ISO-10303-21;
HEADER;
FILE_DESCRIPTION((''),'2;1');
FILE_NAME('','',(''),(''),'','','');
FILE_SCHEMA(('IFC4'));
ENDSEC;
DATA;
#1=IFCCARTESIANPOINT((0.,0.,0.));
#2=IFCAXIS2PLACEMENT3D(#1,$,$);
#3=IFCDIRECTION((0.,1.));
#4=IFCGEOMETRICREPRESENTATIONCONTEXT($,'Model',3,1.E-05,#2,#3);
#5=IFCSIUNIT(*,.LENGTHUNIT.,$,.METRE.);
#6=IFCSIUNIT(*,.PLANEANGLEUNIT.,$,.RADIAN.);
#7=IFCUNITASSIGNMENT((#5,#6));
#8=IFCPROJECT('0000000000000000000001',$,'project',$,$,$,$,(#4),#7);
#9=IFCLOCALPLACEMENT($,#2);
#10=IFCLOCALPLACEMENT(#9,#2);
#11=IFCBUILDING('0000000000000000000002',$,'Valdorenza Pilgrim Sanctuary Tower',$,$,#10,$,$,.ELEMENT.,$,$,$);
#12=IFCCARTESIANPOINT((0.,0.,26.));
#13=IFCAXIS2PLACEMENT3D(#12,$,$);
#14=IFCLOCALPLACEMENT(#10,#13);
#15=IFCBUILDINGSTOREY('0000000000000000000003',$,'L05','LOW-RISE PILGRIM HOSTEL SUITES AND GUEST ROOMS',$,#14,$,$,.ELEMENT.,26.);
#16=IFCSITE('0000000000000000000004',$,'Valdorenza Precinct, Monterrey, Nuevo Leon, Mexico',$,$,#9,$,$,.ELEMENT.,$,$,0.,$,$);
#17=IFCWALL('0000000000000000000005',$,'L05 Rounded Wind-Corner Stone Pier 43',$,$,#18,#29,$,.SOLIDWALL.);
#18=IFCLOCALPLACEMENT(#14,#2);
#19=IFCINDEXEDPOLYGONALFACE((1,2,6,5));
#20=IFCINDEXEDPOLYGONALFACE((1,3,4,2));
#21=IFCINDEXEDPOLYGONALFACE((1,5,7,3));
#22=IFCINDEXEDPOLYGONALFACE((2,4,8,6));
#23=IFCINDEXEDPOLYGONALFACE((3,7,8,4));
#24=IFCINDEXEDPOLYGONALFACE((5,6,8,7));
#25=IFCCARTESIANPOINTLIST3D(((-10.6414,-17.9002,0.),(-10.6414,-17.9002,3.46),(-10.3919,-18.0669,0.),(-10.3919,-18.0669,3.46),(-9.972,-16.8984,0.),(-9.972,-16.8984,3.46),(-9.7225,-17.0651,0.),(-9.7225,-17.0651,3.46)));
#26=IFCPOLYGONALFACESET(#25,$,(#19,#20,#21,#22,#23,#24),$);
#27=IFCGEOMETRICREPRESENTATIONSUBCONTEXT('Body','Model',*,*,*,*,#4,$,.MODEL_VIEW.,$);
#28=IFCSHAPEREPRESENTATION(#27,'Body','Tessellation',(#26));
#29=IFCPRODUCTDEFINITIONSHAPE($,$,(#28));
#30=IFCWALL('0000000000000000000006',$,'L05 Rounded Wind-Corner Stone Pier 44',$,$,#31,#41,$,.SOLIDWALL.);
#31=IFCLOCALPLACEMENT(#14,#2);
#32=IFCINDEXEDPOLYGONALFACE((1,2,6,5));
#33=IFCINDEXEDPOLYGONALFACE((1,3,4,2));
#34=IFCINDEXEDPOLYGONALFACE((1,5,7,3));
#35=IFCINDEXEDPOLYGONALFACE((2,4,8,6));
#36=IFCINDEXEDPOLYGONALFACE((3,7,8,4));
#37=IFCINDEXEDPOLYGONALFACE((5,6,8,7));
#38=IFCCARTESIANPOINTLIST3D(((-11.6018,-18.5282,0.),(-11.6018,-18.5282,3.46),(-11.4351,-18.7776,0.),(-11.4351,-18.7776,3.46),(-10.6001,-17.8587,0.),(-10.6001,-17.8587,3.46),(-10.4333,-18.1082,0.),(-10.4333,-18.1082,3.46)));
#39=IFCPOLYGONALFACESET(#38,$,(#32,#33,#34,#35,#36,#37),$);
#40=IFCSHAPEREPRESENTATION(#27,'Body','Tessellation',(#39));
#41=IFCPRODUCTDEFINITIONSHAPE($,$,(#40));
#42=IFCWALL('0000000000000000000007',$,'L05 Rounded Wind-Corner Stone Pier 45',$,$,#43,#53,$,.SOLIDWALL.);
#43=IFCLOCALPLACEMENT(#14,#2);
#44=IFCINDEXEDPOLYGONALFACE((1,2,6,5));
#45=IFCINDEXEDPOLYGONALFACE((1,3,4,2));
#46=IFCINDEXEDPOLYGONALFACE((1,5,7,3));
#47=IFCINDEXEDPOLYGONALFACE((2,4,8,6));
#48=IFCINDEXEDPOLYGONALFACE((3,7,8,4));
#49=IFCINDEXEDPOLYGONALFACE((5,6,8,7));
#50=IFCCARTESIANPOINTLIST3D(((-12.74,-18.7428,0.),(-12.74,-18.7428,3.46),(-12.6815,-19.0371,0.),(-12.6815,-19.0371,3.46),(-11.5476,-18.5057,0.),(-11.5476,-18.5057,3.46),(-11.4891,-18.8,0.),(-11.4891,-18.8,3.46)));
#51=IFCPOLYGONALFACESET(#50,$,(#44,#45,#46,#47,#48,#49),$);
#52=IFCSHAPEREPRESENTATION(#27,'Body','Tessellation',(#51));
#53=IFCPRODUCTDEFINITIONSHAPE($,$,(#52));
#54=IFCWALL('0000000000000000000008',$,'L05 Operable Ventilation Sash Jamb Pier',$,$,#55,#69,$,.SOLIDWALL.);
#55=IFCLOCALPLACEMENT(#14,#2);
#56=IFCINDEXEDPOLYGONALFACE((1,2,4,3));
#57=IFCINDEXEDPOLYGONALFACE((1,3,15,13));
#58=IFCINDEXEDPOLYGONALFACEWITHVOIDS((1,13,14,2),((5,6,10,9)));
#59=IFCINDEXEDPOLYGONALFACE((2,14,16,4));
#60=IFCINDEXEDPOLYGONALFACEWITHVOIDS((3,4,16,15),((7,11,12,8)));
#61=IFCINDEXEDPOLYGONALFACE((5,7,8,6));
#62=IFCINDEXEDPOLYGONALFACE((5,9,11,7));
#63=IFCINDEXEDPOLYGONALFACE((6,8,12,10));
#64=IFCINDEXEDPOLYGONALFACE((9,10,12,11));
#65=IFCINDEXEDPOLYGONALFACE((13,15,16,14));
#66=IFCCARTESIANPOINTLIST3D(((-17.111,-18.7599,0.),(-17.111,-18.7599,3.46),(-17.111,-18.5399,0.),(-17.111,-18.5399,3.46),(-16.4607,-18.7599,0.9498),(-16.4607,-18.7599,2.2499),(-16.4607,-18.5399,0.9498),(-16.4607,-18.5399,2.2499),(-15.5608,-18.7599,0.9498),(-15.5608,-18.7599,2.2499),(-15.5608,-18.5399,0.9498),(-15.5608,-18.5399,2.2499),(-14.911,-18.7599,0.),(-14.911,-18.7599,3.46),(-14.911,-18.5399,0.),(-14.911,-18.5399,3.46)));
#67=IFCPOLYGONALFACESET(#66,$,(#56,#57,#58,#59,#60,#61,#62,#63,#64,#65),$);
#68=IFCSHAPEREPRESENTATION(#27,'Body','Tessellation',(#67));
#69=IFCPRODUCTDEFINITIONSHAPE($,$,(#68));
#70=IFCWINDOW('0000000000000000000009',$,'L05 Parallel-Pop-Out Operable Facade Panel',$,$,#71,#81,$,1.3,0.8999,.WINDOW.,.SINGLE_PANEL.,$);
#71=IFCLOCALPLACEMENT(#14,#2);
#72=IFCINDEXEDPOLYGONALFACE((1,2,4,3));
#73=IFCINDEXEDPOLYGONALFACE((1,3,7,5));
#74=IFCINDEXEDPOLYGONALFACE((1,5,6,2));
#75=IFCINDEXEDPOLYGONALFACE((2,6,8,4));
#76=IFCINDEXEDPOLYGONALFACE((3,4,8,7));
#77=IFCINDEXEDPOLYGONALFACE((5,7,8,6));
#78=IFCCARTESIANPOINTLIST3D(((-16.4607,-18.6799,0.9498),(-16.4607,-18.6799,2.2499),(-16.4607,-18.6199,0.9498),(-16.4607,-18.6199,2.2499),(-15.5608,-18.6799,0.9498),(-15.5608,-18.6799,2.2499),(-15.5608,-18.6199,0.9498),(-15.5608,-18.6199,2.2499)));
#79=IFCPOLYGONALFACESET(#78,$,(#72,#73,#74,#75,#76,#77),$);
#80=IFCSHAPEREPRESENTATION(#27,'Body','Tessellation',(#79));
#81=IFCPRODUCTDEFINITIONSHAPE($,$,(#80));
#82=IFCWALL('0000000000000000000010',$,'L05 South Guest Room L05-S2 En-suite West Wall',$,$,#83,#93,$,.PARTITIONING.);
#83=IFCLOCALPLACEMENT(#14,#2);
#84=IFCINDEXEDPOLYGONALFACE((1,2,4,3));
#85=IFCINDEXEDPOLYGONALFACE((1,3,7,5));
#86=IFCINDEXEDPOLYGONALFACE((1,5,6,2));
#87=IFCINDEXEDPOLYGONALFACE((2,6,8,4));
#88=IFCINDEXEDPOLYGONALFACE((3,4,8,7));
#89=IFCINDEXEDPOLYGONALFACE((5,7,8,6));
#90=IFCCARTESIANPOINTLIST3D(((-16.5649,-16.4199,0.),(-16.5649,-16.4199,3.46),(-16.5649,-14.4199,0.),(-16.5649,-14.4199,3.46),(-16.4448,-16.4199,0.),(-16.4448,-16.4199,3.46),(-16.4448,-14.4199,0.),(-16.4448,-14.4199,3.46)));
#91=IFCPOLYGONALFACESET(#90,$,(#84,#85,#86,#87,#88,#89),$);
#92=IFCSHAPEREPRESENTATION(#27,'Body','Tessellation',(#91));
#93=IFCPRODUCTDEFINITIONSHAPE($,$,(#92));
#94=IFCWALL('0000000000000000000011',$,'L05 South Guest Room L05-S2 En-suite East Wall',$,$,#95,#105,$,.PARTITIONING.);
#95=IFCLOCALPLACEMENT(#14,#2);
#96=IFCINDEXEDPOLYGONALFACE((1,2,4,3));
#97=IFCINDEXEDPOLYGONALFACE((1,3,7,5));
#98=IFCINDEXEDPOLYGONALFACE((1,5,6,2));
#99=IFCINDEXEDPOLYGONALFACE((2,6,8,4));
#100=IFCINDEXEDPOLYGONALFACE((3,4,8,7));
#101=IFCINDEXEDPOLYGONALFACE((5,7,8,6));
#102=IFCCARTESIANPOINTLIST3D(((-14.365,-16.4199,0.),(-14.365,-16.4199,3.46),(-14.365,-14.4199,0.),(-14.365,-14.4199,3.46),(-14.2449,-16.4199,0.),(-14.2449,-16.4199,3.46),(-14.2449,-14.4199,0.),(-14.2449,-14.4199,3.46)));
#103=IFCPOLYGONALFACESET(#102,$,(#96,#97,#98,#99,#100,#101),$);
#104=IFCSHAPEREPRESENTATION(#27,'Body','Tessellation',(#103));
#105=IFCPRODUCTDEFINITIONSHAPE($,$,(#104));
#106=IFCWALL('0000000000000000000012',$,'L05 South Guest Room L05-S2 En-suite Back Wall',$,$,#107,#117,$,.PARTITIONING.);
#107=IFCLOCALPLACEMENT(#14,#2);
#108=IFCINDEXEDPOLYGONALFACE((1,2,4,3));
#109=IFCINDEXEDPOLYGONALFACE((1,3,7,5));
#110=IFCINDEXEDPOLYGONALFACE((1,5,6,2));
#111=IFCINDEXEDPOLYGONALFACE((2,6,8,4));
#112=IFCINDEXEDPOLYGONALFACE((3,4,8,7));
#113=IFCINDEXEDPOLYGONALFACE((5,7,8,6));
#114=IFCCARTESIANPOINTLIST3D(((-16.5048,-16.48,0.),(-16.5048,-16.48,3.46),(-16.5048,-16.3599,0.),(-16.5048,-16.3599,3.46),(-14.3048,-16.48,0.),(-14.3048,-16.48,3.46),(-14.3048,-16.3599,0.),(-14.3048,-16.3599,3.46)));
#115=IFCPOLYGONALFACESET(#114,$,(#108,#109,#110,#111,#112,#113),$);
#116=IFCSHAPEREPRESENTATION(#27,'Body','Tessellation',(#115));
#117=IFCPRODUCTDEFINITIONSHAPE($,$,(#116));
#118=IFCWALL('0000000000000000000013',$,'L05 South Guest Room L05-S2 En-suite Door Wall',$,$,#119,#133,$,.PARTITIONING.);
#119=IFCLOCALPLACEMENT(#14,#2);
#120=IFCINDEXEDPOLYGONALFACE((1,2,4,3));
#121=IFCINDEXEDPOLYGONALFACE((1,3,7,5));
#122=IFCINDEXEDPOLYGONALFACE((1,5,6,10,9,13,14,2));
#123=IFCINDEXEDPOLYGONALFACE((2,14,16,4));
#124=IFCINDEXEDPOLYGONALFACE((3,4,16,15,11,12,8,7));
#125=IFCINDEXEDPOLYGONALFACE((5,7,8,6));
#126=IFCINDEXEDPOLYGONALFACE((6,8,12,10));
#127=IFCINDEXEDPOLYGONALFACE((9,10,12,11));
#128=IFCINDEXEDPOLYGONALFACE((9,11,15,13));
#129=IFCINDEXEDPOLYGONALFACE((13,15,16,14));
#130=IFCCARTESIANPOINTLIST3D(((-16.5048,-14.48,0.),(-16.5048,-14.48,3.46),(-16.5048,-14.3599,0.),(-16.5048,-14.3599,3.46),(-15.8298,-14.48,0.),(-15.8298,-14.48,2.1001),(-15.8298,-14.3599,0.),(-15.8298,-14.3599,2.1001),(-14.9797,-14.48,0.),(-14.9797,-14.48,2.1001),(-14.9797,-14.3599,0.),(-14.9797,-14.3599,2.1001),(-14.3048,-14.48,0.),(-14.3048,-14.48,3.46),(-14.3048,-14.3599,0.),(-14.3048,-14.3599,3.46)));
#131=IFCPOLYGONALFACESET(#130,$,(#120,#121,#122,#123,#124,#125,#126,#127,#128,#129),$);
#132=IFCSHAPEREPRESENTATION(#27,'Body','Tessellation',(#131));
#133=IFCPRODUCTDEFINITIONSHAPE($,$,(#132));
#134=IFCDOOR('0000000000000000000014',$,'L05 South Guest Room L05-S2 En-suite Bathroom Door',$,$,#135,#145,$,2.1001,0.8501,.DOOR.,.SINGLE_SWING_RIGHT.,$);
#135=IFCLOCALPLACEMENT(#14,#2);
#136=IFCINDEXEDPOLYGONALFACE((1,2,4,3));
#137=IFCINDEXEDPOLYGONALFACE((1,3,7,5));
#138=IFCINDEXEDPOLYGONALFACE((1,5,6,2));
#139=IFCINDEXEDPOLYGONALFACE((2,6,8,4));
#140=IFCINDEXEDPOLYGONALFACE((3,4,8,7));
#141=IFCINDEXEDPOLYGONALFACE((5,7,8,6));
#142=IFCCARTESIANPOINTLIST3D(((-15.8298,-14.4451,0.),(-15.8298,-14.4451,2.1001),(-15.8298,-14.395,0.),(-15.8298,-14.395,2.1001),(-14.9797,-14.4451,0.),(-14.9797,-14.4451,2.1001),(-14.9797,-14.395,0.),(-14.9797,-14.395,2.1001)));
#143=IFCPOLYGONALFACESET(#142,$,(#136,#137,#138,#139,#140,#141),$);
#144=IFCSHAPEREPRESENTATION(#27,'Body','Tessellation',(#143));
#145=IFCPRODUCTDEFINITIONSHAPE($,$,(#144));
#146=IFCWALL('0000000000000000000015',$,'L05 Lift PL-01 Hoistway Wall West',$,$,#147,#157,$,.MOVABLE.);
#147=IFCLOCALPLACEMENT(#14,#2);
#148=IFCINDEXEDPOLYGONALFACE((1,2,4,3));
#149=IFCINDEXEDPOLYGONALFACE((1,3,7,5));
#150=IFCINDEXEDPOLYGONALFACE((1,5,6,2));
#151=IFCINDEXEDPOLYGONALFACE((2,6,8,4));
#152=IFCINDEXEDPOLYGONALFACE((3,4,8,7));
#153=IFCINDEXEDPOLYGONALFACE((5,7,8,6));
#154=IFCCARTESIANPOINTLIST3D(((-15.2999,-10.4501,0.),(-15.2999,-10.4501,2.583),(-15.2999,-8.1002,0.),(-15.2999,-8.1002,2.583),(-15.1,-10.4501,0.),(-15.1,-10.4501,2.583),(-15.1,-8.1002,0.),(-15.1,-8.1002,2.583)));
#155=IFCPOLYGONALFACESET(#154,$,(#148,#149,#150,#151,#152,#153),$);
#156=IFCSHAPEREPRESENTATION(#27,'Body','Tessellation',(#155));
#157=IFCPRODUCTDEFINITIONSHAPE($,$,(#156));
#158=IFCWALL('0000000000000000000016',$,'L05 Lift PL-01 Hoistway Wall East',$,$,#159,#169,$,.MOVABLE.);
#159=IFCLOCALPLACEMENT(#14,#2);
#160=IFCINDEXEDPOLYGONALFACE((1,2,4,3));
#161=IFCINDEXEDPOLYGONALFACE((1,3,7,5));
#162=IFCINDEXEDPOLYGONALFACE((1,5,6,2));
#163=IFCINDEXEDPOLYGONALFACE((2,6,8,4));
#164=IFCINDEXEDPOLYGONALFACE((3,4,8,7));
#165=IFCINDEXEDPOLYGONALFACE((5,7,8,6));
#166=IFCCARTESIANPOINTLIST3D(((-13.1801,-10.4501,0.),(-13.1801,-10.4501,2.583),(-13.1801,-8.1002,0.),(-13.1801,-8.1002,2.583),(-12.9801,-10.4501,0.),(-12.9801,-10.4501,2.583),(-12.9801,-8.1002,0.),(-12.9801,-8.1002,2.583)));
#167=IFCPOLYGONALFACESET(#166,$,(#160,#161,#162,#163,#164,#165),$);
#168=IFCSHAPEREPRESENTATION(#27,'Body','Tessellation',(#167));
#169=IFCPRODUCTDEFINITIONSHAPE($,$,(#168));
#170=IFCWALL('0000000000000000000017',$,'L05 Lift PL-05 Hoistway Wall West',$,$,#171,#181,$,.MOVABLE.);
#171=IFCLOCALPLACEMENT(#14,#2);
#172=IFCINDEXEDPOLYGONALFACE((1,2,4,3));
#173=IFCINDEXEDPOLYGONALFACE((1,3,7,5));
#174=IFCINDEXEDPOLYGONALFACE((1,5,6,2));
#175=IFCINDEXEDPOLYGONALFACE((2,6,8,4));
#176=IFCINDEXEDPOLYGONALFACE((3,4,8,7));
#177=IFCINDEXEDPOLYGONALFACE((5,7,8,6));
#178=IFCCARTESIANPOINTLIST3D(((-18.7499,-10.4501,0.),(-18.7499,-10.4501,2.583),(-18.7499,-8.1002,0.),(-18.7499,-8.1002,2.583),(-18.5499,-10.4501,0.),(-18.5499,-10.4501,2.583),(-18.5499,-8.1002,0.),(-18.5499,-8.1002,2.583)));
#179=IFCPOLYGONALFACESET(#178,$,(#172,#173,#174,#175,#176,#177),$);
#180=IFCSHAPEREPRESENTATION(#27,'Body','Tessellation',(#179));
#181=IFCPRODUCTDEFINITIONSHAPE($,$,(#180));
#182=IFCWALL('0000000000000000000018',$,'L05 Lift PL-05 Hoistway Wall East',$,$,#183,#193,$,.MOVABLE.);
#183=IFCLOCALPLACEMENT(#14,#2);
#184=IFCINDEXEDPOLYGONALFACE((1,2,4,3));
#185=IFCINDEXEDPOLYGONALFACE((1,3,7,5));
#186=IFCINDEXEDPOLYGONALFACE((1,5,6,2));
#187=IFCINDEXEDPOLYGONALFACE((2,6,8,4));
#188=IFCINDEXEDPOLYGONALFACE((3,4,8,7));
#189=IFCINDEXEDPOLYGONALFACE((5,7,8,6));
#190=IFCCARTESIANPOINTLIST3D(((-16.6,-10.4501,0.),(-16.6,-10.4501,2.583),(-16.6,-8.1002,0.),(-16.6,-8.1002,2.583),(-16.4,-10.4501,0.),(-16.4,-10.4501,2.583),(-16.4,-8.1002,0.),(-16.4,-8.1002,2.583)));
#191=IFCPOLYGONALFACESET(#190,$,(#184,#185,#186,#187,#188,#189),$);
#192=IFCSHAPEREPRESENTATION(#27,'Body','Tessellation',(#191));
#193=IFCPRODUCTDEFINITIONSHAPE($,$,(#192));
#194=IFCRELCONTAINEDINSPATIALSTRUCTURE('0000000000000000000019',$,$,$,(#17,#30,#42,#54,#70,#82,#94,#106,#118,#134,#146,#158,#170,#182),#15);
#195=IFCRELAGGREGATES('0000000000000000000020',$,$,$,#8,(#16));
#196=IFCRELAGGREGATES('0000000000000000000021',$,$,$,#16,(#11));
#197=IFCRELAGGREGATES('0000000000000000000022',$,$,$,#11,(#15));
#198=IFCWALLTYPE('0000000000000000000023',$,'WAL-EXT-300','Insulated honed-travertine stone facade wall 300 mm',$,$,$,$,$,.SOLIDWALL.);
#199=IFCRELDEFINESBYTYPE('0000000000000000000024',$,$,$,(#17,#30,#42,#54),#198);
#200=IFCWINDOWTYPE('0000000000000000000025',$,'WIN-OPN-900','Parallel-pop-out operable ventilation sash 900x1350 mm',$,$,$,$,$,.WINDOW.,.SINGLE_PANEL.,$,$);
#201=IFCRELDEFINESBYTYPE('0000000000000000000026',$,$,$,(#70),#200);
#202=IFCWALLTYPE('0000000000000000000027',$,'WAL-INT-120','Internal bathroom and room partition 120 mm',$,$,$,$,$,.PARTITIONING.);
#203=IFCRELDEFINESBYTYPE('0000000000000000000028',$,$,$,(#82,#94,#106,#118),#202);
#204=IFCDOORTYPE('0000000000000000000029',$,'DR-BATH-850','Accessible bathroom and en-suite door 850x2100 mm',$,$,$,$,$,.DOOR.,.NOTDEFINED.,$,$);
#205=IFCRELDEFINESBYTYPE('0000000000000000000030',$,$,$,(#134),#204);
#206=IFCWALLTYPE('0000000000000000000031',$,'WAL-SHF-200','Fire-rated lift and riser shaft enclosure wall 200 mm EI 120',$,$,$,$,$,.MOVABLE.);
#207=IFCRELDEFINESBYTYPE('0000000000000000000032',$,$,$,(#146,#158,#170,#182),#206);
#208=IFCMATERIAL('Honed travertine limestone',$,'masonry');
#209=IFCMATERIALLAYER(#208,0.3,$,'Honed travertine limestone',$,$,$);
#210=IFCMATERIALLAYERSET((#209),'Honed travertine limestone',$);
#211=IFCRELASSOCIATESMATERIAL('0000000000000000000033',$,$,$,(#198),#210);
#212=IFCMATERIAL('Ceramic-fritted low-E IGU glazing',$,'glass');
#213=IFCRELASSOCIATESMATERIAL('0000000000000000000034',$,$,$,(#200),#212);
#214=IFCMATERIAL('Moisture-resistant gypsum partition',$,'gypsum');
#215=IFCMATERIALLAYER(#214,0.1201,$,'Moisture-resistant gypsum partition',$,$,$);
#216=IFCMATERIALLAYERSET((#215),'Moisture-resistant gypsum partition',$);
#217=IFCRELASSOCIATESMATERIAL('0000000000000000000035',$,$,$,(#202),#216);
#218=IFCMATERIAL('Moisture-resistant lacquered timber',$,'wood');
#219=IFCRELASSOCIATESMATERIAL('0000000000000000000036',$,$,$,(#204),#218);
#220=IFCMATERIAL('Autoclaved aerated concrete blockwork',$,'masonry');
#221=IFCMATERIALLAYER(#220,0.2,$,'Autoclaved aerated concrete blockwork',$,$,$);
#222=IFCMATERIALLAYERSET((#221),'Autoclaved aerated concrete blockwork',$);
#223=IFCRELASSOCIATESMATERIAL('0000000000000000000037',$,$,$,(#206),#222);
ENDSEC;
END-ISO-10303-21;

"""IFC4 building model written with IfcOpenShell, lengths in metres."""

from ifc_helpers import new_model, si_unit, direction, frame, frame_2d, origin, place, context, subcontext, project, spatial, rectangle, extrude, material, layer, layer_set, type_object, element, fill, save


model = new_model("IFC4")

# Units and contexts
model_context = context("Model", 3, precision=1e-05, world=origin(), true_north=direction((0.0, 1.0)))
body_context = subcontext(model_context, "Body", "Model", "MODEL_VIEW")
ifc_project = project(units=[si_unit("LENGTHUNIT", "METRE"), si_unit("PLANEANGLEUNIT", "RADIAN")], contexts=[model_context])

# Site, building, storey
site_placement = place(None, origin())
site = spatial("IfcSite", under=ifc_project, at=site_placement, Name="Valdorenza Precinct, Monterrey, Nuevo Leon, Mexico", CompositionType="ELEMENT", RefElevation=0.0)
building_placement = place(site_placement, origin())
building = spatial("IfcBuilding", under=site, at=building_placement, Name="Valdorenza Pilgrim Sanctuary Tower", CompositionType="ELEMENT")
storey_placement = place(building_placement, frame((0.0, 0.0, 26.0)))
storey = spatial("IfcBuildingStorey", under=building, at=storey_placement, Name="L05", Description="LOW-RISE PILGRIM HOSTEL SUITES AND GUEST ROOMS", CompositionType="ELEMENT", Elevation=26.0)

# Shared definitions
ifc_material_1 = material(Name="Ceramic-fritted low-E IGU glazing", Category="glass")
ifc_material_2 = material(Name="Honed travertine limestone", Category="masonry")

# Walls
ifc_layer_1 = layer(ifc_material_2, 0.3, Name="Honed travertine limestone")
ifc_layer_set_1 = layer_set([ifc_layer_1], Name="Honed travertine limestone")
wall_type_1 = type_object("IfcWallType", Name="WAL-EXT-300", Description="Insulated honed-travertine stone facade wall 300 mm", PredefinedType="SOLIDWALL", material=ifc_layer_set_1)
for number, where, z_axis, x_axis, name in (
    (1, (-9.8472, -16.9817, 0.0), (0.0, 0.0, 1.0), (-0.555635, -0.831426, 0.0), "L05 Rounded Wind-Corner Stone Pier 43"),
    (2, (-10.5166, -17.9834, 0.0), (0.0, 0.0, 1.0), (-0.831426, -0.555635, 0.0), "L05 Rounded Wind-Corner Stone Pier 44"),
):
    element("IfcWall", number, at=place(storey_placement, frame(where, z_axis=z_axis, x_axis=x_axis)), inside=storey, type_object=wall_type_1, Name=name, PredefinedType="SOLIDWALL", context=body_context, shape_type="SweptSolid", body=[
        extrude(rectangle(XDim=1.2048, YDim=0.3, at=frame_2d((0.6025, 0.0))), origin(), (0.0, 0.0, 1.0), 3.46),
    ])
wall_1_placement = place(storey_placement, frame((-11.5183, -18.6528, 0.0), z_axis=(0.0, 0.0, 1.0), x_axis=(-0.980804, -0.194996, 0.0)))
element("IfcWall", 3, at=wall_1_placement, inside=storey, type_object=wall_type_1, Name="L05 Rounded Wind-Corner Stone Pier 45", PredefinedType="SOLIDWALL", context=body_context, shape_type="SweptSolid", body=[
    extrude(rectangle(XDim=1.2158, YDim=0.3, at=frame_2d((0.6079, 0.0))), origin(), (0.0, 0.0, 1.0), 3.46),
])

# Wall, opening, window
wall_2_placement = place(storey_placement, frame((-14.9109, -18.6499, 0.0), z_axis=(0.0, 0.0, 1.0), x_axis=(-1.0, 0.0, 0.0)))
wall_2 = element("IfcWall", 4, at=wall_2_placement, inside=storey, type_object=wall_type_1, Name="L05 Operable Ventilation Sash Jamb Pier", PredefinedType="SOLIDWALL", context=body_context, shape_type="SweptSolid", body=[
    extrude(rectangle(XDim=2.2, YDim=0.22, at=frame_2d((1.1001, 0.0))), origin(), (0.0, 0.0, 1.0), 3.46),
])
opening_1_placement = place(wall_2_placement, frame((0.6499, 0.0, 0.95)))
opening_1 = element("IfcOpeningElement", 5, at=opening_1_placement, cuts=wall_2, PredefinedType="OPENING", context=body_context, shape_type="SweptSolid", body=[
    extrude(rectangle(XDim=0.8999, YDim=1.3, at=frame_2d((0.45, 0.6499))), frame((0.0, 0.125, 0.0), z_axis=(0.0, -1.0, 0.0), x_axis=(1.0, 0.0, 0.0)), (0.0, 0.0, 1.0), 0.2498),
])
window_type = type_object("IfcWindowType", Name="WIN-OPN-900", Description="Parallel-pop-out operable ventilation sash 900x1350 mm", PartitioningType="SINGLE_PANEL", PredefinedType="WINDOW", material=ifc_material_1)
window_placement = place(opening_1_placement, origin())
window = element("IfcWindow", 6, at=window_placement, inside=storey, type_object=window_type, Name="L05 Parallel-Pop-Out Operable Facade Panel", OverallHeight=1.3, OverallWidth=0.8999, PartitioningType="SINGLE_PANEL", PredefinedType="WINDOW", context=body_context, shape_type="SweptSolid", body=[
    extrude(rectangle(XDim=0.8999, YDim=1.3, at=frame_2d((0.45, 0.6499))), frame((0.0, 0.03, 0.0), z_axis=(0.0, -1.0, 0.0), x_axis=(1.0, 0.0, 0.0)), (0.0, 0.0, 1.0), 0.0601),
])
fill(opening_1, window)

# Walls
ifc_material_3 = material(Name="Moisture-resistant gypsum partition", Category="gypsum")
ifc_layer_2 = layer(ifc_material_3, 0.1201, Name="Moisture-resistant gypsum partition")
ifc_layer_set_2 = layer_set([ifc_layer_2], Name="Moisture-resistant gypsum partition")
wall_type_2 = type_object("IfcWallType", Name="WAL-INT-120", Description="Internal bathroom and room partition 120 mm", PredefinedType="PARTITIONING", material=ifc_layer_set_2)
for number, where, z_axis, x_axis, name in (
    (7, (-16.5049, -16.4199, 0.0), (0.0, 0.0, 1.0), (0.0, 1.0, 0.0), "L05 South Guest Room L05-S2 En-suite West Wall"),
    (8, (-14.3049, -16.4199, 0.0), (0.0, 0.0, 1.0), (0.0, 1.0, 0.0), "L05 South Guest Room L05-S2 En-suite East Wall"),
):
    element("IfcWall", number, at=place(storey_placement, frame(where, z_axis=z_axis, x_axis=x_axis)), inside=storey, type_object=wall_type_2, Name=name, PredefinedType="PARTITIONING", context=body_context, shape_type="SweptSolid", body=[
        extrude(rectangle(XDim=2.0, YDim=0.1201, at=frame_2d((1.0, 0.0))), origin(), (0.0, 0.0, 1.0), 3.46),
    ])
wall_3_placement = place(storey_placement, frame((-16.5049, -16.4199, 0.0), z_axis=(0.0, 0.0, 1.0), x_axis=(1.0, 0.0, 0.0)))
element("IfcWall", 9, at=wall_3_placement, inside=storey, type_object=wall_type_2, Name="L05 South Guest Room L05-S2 En-suite Back Wall", PredefinedType="PARTITIONING", context=body_context, shape_type="SweptSolid", body=[
    extrude(rectangle(XDim=2.2, YDim=0.1201, at=frame_2d((1.1001, 0.0))), origin(), (0.0, 0.0, 1.0), 3.46),
])

# Wall, opening, door
wall_4_placement = place(storey_placement, frame((-16.5049, -14.4199, 0.0), z_axis=(0.0, 0.0, 1.0), x_axis=(1.0, 0.0, 0.0)))
wall_4 = element("IfcWall", 10, at=wall_4_placement, inside=storey, type_object=wall_type_2, Name="L05 South Guest Room L05-S2 En-suite Door Wall", PredefinedType="PARTITIONING", context=body_context, shape_type="SweptSolid", body=[
    extrude(rectangle(XDim=2.2, YDim=0.1201, at=frame_2d((1.1001, 0.0))), origin(), (0.0, 0.0, 1.0), 3.46),
])
opening_2_placement = place(wall_4_placement, frame((0.675, 0.0, 0.0)))
opening_2 = element("IfcOpeningElement", 11, at=opening_2_placement, cuts=wall_4, PredefinedType="OPENING", context=body_context, shape_type="SweptSolid", body=[
    extrude(rectangle(XDim=0.8501, YDim=2.1001, at=frame_2d((0.425, 1.05))), frame((0.0, 0.075, 0.0), z_axis=(0.0, -1.0, 0.0), x_axis=(1.0, 0.0, 0.0)), (0.0, 0.0, 1.0), 0.1499),
])
ifc_material_4 = material(Name="Moisture-resistant lacquered timber", Category="wood")
door_type = type_object("IfcDoorType", Name="DR-BATH-850", Description="Accessible bathroom and en-suite door 850x2100 mm", OperationType="NOTDEFINED", PredefinedType="DOOR", material=ifc_material_4)
door_placement = place(opening_2_placement, origin())
door = element("IfcDoor", 12, at=door_placement, inside=storey, type_object=door_type, Name="L05 South Guest Room L05-S2 En-suite Bathroom Door", OperationType="SINGLE_SWING_RIGHT", OverallHeight=2.1001, OverallWidth=0.8501, PredefinedType="DOOR", context=body_context, shape_type="SweptSolid", body=[
    extrude(rectangle(XDim=0.8501, YDim=2.1001, at=frame_2d((0.425, 1.05))), frame((0.0, 0.0249, 0.0), z_axis=(0.0, -1.0, 0.0), x_axis=(1.0, 0.0, 0.0)), (0.0, 0.0, 1.0), 0.05),
])
fill(opening_2, door)

# Walls
ifc_material_5 = material(Name="Autoclaved aerated concrete blockwork", Category="masonry")
ifc_layer_3 = layer(ifc_material_5, 0.2, Name="Autoclaved aerated concrete blockwork")
ifc_layer_set_3 = layer_set([ifc_layer_3], Name="Autoclaved aerated concrete blockwork")
wall_type_3 = type_object("IfcWallType", Name="WAL-SHF-200", Description="Fire-rated lift and riser shaft enclosure wall 200 mm EI 120", PredefinedType="MOVABLE", material=ifc_layer_set_3)
for number, where, z_axis, x_axis, name in (
    (13, (-15.2, -10.45, 0.0), (0.0, 0.0, 1.0), (0.0, 1.0, 0.0), "L05 Lift PL-01 Hoistway Wall West"),
    (14, (-13.0801, -10.45, 0.0), (0.0, 0.0, 1.0), (0.0, 1.0, 0.0), "L05 Lift PL-01 Hoistway Wall East"),
    (15, (-18.6499, -10.45, 0.0), (0.0, 0.0, 1.0), (0.0, 1.0, 0.0), "L05 Lift PL-05 Hoistway Wall West"),
    (16, (-16.5, -10.45, 0.0), (0.0, 0.0, 1.0), (0.0, 1.0, 0.0), "L05 Lift PL-05 Hoistway Wall East"),
):
    element("IfcWall", number, at=place(storey_placement, frame(where, z_axis=z_axis, x_axis=x_axis)), inside=storey, type_object=wall_type_3, Name=name, PredefinedType="MOVABLE", context=body_context, shape_type="SweptSolid", body=[
        extrude(rectangle(XDim=2.3499, YDim=0.2, at=frame_2d((1.1748, 0.0))), origin(), (0.0, 0.0, 1.0), 2.583),
    ])

save(model, "model.ifc")
